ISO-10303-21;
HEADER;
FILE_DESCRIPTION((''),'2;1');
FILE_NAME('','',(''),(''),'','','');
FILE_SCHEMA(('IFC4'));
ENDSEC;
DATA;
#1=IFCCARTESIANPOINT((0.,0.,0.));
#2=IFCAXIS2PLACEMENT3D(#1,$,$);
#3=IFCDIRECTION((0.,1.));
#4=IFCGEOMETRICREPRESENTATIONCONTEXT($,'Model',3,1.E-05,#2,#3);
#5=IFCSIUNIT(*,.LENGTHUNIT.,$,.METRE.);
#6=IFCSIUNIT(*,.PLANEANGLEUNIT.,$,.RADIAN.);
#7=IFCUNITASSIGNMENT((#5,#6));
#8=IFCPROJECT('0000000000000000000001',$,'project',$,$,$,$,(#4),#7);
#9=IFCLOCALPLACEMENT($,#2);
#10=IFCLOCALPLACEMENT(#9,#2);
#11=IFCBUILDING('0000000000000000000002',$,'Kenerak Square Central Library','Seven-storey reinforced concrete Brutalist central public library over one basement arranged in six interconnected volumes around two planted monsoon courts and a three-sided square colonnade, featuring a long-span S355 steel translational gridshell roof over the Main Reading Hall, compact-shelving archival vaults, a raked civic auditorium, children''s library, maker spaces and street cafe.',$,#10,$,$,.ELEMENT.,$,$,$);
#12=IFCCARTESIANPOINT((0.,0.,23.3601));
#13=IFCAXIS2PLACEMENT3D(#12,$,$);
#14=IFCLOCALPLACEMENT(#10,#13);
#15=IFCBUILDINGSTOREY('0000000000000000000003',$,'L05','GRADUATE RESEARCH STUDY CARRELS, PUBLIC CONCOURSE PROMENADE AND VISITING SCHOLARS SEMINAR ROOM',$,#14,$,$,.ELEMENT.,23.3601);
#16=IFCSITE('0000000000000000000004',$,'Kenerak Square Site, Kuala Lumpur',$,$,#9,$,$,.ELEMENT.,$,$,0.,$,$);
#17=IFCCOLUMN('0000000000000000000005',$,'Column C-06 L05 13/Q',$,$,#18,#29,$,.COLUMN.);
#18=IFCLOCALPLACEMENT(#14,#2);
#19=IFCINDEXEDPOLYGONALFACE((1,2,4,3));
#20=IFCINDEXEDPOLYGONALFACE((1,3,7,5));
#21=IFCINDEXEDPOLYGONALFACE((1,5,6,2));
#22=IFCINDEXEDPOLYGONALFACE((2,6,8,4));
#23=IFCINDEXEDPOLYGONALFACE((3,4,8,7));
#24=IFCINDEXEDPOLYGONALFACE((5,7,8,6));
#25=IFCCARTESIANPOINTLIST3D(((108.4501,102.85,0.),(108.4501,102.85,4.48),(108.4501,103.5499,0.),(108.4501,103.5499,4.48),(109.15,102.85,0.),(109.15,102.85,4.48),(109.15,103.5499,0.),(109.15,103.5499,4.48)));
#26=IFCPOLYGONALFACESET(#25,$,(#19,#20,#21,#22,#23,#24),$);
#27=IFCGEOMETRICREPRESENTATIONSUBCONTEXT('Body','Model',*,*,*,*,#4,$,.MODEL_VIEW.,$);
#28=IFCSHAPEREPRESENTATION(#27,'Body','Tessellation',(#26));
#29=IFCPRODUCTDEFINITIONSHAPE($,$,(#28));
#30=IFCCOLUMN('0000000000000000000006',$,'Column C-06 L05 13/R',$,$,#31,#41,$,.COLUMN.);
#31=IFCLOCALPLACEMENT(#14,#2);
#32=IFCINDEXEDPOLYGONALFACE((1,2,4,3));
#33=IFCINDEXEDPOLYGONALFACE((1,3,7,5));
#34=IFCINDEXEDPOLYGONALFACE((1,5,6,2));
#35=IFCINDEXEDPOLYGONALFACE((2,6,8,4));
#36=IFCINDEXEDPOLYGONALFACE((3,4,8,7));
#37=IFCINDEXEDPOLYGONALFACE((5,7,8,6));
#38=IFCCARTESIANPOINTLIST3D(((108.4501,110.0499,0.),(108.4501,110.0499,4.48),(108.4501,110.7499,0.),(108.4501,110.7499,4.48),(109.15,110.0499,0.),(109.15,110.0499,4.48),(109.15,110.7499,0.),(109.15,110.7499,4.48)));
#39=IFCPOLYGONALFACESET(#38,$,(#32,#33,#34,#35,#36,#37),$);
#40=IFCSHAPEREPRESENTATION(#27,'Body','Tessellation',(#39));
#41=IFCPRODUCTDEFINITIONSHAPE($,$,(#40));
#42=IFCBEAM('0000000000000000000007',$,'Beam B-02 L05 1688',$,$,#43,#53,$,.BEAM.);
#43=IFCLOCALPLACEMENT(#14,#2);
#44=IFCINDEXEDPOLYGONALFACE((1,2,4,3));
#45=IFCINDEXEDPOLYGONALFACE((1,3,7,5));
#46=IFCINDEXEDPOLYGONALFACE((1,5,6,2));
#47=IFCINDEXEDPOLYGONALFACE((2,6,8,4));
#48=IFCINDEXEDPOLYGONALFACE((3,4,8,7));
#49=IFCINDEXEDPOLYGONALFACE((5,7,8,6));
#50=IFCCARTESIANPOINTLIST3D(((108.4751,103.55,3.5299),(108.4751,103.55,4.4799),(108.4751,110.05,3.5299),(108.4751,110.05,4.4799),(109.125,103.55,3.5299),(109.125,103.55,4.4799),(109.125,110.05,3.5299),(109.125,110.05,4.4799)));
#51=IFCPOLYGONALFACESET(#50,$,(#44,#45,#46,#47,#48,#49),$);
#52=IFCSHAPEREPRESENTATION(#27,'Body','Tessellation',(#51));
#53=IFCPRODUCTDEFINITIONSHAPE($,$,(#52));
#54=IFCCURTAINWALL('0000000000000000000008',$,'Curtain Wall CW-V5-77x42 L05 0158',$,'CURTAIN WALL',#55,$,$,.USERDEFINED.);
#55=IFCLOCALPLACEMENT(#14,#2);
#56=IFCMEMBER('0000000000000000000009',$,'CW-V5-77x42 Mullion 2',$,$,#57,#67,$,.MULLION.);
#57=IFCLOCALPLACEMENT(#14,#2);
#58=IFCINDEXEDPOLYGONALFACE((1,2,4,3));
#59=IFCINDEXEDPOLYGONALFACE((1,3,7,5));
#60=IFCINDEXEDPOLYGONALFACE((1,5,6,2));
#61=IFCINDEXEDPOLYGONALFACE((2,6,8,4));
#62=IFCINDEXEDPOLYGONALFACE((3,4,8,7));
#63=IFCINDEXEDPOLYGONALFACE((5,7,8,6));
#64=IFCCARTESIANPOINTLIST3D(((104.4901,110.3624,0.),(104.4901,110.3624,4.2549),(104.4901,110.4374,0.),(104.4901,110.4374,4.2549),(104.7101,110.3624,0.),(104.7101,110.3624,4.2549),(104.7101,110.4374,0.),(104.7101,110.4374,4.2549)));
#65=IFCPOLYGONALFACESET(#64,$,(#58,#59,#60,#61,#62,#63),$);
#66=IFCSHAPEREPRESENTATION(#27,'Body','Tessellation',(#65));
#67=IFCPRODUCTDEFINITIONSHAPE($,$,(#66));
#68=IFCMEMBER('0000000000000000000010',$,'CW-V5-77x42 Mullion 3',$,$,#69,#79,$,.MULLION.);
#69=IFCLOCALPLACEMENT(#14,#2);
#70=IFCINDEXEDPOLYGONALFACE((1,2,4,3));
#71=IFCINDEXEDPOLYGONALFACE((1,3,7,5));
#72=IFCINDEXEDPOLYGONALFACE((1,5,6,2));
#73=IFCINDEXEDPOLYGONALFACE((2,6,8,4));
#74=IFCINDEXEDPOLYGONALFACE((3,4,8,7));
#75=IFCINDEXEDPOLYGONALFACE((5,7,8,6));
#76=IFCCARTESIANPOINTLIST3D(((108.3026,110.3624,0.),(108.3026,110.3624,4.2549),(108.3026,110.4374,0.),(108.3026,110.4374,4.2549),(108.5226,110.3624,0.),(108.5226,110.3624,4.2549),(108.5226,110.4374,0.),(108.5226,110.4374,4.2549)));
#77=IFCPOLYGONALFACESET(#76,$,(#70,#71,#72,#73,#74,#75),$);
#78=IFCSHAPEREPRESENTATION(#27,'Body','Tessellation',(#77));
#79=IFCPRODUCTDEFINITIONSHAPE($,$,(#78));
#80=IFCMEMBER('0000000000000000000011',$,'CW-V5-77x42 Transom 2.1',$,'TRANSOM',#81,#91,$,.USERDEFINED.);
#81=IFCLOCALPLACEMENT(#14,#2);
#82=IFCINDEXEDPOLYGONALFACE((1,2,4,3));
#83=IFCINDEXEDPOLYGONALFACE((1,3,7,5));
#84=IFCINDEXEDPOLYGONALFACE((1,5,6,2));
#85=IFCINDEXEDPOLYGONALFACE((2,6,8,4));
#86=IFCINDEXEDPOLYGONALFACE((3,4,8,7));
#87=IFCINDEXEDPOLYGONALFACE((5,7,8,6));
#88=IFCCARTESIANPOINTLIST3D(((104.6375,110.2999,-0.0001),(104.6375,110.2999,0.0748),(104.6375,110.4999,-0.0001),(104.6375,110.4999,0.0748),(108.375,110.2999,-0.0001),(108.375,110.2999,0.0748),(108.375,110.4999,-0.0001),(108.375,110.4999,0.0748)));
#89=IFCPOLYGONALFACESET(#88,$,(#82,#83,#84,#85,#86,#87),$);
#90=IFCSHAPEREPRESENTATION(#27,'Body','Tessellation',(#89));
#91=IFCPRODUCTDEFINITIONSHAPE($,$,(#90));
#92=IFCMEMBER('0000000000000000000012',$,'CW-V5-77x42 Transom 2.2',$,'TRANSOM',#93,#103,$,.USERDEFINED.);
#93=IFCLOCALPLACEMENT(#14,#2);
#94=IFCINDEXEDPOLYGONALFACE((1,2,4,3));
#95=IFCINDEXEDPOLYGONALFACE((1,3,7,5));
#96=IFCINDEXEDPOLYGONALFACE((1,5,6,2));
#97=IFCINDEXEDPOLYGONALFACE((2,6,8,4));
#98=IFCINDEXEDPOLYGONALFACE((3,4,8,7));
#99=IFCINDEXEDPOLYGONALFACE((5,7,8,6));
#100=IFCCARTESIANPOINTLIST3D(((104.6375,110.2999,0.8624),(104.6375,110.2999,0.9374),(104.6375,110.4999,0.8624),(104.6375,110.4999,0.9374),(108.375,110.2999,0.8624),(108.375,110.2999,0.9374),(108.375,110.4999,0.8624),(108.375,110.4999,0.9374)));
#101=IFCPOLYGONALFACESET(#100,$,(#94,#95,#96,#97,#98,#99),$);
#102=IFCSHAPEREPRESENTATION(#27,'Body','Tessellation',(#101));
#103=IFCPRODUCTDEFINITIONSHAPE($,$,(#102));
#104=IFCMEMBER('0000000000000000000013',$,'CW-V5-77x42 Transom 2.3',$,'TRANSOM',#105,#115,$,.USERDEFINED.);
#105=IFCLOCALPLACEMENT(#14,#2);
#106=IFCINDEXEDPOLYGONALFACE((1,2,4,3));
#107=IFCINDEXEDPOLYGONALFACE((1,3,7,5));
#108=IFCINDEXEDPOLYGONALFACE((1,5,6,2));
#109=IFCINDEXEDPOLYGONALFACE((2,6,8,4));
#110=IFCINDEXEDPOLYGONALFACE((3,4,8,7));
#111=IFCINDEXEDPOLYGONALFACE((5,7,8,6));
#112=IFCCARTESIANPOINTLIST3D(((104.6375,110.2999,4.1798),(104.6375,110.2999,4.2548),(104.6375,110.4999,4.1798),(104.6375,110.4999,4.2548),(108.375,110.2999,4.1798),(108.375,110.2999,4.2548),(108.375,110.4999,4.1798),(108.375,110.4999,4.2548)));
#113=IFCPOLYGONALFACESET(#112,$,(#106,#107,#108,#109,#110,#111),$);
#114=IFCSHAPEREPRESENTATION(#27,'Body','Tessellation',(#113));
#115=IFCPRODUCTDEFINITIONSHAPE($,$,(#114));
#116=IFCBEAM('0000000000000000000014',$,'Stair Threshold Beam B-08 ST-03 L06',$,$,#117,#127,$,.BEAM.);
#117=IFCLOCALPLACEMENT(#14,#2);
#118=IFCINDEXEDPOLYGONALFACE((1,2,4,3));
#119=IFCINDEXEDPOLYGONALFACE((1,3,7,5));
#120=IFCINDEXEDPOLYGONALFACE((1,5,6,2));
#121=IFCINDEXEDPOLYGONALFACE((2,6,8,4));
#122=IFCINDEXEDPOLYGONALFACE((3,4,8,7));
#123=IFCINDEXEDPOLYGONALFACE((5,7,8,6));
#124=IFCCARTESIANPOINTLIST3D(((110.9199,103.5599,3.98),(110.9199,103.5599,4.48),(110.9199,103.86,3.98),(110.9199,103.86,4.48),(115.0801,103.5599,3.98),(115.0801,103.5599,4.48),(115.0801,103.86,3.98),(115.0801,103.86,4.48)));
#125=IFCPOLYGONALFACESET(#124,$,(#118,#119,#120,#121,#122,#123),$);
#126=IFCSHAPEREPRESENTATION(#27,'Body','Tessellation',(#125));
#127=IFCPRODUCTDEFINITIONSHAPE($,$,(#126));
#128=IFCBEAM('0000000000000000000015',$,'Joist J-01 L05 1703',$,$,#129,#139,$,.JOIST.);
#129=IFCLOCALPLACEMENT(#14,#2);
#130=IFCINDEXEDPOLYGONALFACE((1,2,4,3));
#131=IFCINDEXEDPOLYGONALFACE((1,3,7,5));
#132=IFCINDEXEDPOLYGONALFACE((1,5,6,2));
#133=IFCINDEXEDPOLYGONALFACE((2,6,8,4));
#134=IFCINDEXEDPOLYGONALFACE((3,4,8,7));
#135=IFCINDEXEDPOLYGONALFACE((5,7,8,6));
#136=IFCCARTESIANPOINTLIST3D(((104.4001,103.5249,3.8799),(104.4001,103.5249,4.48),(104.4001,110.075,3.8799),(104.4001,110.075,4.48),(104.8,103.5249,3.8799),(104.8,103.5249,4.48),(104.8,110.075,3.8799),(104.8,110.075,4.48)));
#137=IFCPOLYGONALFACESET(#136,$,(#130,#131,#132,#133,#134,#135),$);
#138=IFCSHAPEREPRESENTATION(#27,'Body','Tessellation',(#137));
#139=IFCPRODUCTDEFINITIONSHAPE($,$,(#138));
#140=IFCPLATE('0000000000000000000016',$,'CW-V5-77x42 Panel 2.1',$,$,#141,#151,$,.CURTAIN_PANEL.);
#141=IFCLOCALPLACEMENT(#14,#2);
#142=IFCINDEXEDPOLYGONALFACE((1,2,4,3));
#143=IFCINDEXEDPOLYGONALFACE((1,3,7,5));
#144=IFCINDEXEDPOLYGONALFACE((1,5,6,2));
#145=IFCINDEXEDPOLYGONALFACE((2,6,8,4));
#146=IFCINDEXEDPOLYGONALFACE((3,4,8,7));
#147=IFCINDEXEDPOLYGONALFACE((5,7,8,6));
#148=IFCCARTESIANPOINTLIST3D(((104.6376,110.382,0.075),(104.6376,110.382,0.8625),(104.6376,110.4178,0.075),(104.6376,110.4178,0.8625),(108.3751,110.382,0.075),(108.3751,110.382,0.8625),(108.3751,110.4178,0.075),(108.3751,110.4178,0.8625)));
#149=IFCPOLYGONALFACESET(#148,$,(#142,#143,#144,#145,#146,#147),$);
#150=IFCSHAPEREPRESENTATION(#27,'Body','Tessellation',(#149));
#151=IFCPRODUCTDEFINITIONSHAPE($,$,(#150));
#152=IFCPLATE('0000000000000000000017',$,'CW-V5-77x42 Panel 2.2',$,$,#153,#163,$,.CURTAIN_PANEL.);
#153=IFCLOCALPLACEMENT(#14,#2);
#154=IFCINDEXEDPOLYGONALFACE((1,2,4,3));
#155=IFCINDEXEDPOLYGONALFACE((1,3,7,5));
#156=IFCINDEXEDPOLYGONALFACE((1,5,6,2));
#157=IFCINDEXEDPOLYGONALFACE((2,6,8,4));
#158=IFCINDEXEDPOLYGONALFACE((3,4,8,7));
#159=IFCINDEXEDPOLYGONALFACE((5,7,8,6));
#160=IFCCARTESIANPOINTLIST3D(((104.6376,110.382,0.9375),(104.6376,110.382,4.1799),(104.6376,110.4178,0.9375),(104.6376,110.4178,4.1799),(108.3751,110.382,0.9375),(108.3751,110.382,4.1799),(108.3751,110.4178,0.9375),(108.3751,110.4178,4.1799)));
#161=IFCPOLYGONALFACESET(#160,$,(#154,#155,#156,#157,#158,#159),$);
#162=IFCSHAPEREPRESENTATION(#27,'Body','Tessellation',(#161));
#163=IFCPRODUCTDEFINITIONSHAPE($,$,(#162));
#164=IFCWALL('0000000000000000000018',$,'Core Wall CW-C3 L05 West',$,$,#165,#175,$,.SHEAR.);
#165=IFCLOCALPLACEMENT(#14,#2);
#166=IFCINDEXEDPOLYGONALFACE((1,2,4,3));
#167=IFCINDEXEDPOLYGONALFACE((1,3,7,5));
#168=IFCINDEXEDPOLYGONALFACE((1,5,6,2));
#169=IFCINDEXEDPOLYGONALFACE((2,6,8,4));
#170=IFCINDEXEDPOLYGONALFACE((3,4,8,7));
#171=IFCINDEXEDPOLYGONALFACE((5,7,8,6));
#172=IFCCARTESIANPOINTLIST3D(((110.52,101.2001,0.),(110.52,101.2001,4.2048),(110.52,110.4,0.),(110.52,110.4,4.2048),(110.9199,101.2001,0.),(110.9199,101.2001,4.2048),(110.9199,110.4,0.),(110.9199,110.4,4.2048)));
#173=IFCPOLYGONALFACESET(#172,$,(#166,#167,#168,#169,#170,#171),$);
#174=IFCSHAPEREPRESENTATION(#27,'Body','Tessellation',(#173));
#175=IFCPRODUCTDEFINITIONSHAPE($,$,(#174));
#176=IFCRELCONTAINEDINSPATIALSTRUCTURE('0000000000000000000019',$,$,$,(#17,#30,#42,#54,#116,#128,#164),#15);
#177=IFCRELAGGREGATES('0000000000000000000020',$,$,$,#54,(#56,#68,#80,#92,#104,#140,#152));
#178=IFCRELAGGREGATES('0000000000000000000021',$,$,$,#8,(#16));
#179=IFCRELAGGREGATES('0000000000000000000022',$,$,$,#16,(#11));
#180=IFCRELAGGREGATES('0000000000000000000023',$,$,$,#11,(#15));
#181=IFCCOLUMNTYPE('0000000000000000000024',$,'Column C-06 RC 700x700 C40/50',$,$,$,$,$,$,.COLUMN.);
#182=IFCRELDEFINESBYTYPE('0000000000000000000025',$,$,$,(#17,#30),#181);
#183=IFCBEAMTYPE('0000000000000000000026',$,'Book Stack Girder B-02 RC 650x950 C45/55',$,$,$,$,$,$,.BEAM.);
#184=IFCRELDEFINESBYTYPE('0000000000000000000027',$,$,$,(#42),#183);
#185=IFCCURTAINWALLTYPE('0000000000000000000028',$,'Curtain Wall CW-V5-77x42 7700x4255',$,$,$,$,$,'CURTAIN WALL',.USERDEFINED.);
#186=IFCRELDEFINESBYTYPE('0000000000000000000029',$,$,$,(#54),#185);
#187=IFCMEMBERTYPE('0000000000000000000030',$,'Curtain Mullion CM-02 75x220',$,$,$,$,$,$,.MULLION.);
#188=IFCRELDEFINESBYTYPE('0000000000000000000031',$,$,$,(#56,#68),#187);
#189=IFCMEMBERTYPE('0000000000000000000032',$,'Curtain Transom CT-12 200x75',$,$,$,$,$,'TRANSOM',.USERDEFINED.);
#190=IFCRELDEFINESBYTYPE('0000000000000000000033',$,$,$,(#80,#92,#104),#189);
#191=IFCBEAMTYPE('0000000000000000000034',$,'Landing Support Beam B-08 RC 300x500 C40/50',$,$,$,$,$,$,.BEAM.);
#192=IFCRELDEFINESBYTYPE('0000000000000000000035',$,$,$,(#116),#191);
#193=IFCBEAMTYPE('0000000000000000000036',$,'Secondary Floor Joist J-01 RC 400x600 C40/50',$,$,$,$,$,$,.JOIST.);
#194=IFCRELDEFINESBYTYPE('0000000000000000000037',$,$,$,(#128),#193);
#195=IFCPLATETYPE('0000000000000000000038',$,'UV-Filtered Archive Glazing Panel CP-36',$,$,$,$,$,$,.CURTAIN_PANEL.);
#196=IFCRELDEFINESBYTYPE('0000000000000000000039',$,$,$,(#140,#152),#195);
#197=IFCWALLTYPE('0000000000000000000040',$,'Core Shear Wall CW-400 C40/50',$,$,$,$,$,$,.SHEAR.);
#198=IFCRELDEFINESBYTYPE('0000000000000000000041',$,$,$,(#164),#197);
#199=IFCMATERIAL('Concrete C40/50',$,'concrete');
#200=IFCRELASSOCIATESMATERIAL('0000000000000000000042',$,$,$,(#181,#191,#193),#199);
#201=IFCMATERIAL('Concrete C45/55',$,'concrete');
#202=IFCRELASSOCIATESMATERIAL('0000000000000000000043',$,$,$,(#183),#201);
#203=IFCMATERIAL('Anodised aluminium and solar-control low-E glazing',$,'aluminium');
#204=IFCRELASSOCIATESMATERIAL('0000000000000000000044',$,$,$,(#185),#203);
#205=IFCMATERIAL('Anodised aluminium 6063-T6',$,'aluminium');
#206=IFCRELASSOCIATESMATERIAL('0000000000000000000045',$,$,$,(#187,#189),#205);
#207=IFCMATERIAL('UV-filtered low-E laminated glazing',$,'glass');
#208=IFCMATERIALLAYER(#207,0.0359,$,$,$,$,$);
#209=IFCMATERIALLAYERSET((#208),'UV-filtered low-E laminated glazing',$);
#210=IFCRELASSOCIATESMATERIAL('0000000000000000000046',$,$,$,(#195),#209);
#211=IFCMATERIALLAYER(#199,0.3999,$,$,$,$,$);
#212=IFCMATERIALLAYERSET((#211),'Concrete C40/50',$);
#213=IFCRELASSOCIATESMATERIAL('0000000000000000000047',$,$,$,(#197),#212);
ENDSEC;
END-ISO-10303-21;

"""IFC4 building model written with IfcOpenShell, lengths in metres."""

from ifc_helpers import new_model, si_unit, direction, frame, frame_2d, origin, origin_2d, place, context, subcontext, project, spatial, rectangle, extrude, material, layer, layer_set, material_profile, profile_set, type_object, element, aggregate, save


model = new_model("IFC4")

# Units and contexts
model_context = context("Model", 3, precision=1e-05, world=origin(), true_north=direction((0.0, 1.0)))
body_context = subcontext(model_context, "Body", "Model", "MODEL_VIEW")
ifc_project = project(units=[si_unit("LENGTHUNIT", "METRE"), si_unit("PLANEANGLEUNIT", "RADIAN")], contexts=[model_context])

# Site, building, storey
site_placement = place(None, origin())
site = spatial("IfcSite", under=ifc_project, at=site_placement, Name="Kenerak Square Site, Kuala Lumpur", CompositionType="ELEMENT", RefElevation=0.0)
building_placement = place(site_placement, origin())
building = spatial("IfcBuilding", under=site, at=building_placement, Name="Kenerak Square Central Library", Description="Seven-storey reinforced concrete Brutalist central public library over one basement arranged in six interconnected volumes around two planted monsoon courts and a three-sided square colonnade, featuring a long-span S355 steel translational gridshell roof over the Main Reading Hall, compact-shelving archival vaults, a raked civic auditorium, children's library, maker spaces and street cafe.", CompositionType="ELEMENT")
storey_placement = place(building_placement, frame((0.0, 0.0, 23.3601)))
storey = spatial("IfcBuildingStorey", under=building, at=storey_placement, Name="L05", Description="GRADUATE RESEARCH STUDY CARRELS, PUBLIC CONCOURSE PROMENADE AND VISITING SCHOLARS SEMINAR ROOM", CompositionType="ELEMENT", Elevation=23.3601)

# Columns
ifc_material_1 = material(Name="Concrete C40/50", Category="concrete")
ifc_material_profile_1 = material_profile(ifc_material_1, rectangle(XDim=0.7, YDim=0.7, at=origin_2d()), Name="RC 700x700")
ifc_profile_set_1 = profile_set([ifc_material_profile_1], Name="Concrete C40/50")
column_type = type_object("IfcColumnType", Name="Column C-06 RC 700x700 C40/50", PredefinedType="COLUMN", material=ifc_profile_set_1)
for number, where, z_axis, x_axis, name in (
    (1, (108.8, 103.2, 0.0), (0.0, 0.0, 1.0), (1.0, 0.0, 0.0), "Column C-06 L05 13/Q"),
    (2, (108.8, 110.3999, 0.0), (0.0, 0.0, 1.0), (1.0, 0.0, 0.0), "Column C-06 L05 13/R"),
):
    element("IfcColumn", number, at=place(storey_placement, frame(where, z_axis=z_axis, x_axis=x_axis)), inside=storey, type_object=column_type, Name=name, PredefinedType="COLUMN", context=body_context, shape_type="SweptSolid", body=[
        extrude(rectangle(XDim=0.7, YDim=0.7, at=origin_2d()), origin(), (0.0, 0.0, 1.0), 4.48),
    ])

# Beam
ifc_material_2 = material(Name="Concrete C45/55", Category="concrete")
ifc_material_profile_2 = material_profile(ifc_material_2, rectangle(XDim=0.6499, YDim=0.95, at=origin_2d()), Name="RC 650x950")
ifc_profile_set_2 = profile_set([ifc_material_profile_2], Name="Concrete C45/55")
beam_type_1 = type_object("IfcBeamType", Name="Book Stack Girder B-02 RC 650x950 C45/55", PredefinedType="BEAM", material=ifc_profile_set_2)
beam_1_placement = place(storey_placement, frame((108.8, 103.55, 4.0049), z_axis=(0.0, 1.0, 0.0), x_axis=(-1.0, 0.0, 0.0)))
element("IfcBeam", 3, at=beam_1_placement, inside=storey, type_object=beam_type_1, Name="Beam B-02 L05 1688", PredefinedType="BEAM", context=body_context, shape_type="SweptSolid", body=[
    extrude(rectangle(XDim=0.6499, YDim=0.95, at=origin_2d()), origin(), (0.0, 0.0, 1.0), 6.5),
])

# Curtain wall, members
ifc_material_3 = material(Name="Anodised aluminium and solar-control low-E glazing", Category="aluminium")
curtain_wall_type = type_object("IfcCurtainWallType", Name="Curtain Wall CW-V5-77x42 7700x4255", ElementType="CURTAIN WALL", PredefinedType="USERDEFINED", material=ifc_material_3)
curtain_wall_placement = place(storey_placement, origin())
curtain_wall = element("IfcCurtainWall", 4, at=curtain_wall_placement, inside=storey, type_object=curtain_wall_type, Name="Curtain Wall CW-V5-77x42 L05 0158", ObjectType="CURTAIN WALL", PredefinedType="USERDEFINED")
ifc_material_4 = material(Name="Anodised aluminium 6063-T6", Category="aluminium")
ifc_material_profile_3 = material_profile(ifc_material_4, rectangle(XDim=0.075, YDim=0.22, at=origin_2d()), Name="AL MULLION 75x220")
ifc_profile_set_3 = profile_set([ifc_material_profile_3], Name="Anodised aluminium 6063-T6")
member_type_1 = type_object("IfcMemberType", Name="Curtain Mullion CM-02 75x220", PredefinedType="MULLION", material=ifc_profile_set_3)
member_1_placement = place(storey_placement, frame((104.6001, 110.3999, 0.0), z_axis=(0.0, 0.0, 1.0), x_axis=(0.0, 1.0, 0.0)))
member_1 = element("IfcMember", 5, at=member_1_placement, type_object=member_type_1, Name="CW-V5-77x42 Mullion 2", PredefinedType="MULLION", context=body_context, shape_type="SweptSolid", body=[
    extrude(rectangle(XDim=0.075, YDim=0.22, at=origin_2d()), origin(), (0.0, 0.0, 1.0), 4.2549),
])
member_2_placement = place(storey_placement, frame((108.4126, 110.3999, 0.0), z_axis=(0.0, 0.0, 1.0), x_axis=(0.0, 1.0, 0.0)))
member_2 = element("IfcMember", 6, at=member_2_placement, type_object=member_type_1, Name="CW-V5-77x42 Mullion 3", PredefinedType="MULLION", context=body_context, shape_type="SweptSolid", body=[
    extrude(rectangle(XDim=0.075, YDim=0.22, at=origin_2d()), origin(), (0.0, 0.0, 1.0), 4.2549),
])
ifc_material_profile_4 = material_profile(ifc_material_4, rectangle(XDim=0.2, YDim=0.075, at=origin_2d()), Name="AL TRANSOM 200x75")
ifc_profile_set_4 = profile_set([ifc_material_profile_4], Name="Anodised aluminium 6063-T6")
member_type_2 = type_object("IfcMemberType", Name="Curtain Transom CT-12 200x75", ElementType="TRANSOM", PredefinedType="USERDEFINED", material=ifc_profile_set_4)
member_3_placement = place(storey_placement, frame((104.6375, 110.3999, 0.0374), z_axis=(1.0, 0.0, 0.0), x_axis=(0.0, 1.0, 0.0)))
member_3 = element("IfcMember", 7, at=member_3_placement, type_object=member_type_2, Name="CW-V5-77x42 Transom 2.1", ObjectType="TRANSOM", PredefinedType="USERDEFINED", context=body_context, shape_type="SweptSolid", body=[
    extrude(rectangle(XDim=0.2, YDim=0.075, at=origin_2d()), origin(), (0.0, 0.0, 1.0), 3.7375),
])
member_4_placement = place(storey_placement, frame((104.6375, 110.3999, 0.8999), z_axis=(1.0, 0.0, 0.0), x_axis=(0.0, 1.0, 0.0)))
member_4 = element("IfcMember", 8, at=member_4_placement, type_object=member_type_2, Name="CW-V5-77x42 Transom 2.2", ObjectType="TRANSOM", PredefinedType="USERDEFINED", context=body_context, shape_type="SweptSolid", body=[
    extrude(rectangle(XDim=0.2, YDim=0.075, at=origin_2d()), origin(), (0.0, 0.0, 1.0), 3.7375),
])
member_5_placement = place(storey_placement, frame((104.6375, 110.3999, 4.2173), z_axis=(1.0, 0.0, 0.0), x_axis=(0.0, 1.0, 0.0)))
member_5 = element("IfcMember", 9, at=member_5_placement, type_object=member_type_2, Name="CW-V5-77x42 Transom 2.3", ObjectType="TRANSOM", PredefinedType="USERDEFINED", context=body_context, shape_type="SweptSolid", body=[
    extrude(rectangle(XDim=0.2, YDim=0.075, at=origin_2d()), origin(), (0.0, 0.0, 1.0), 3.7375),
])

# Beams
ifc_material_profile_5 = material_profile(ifc_material_1, rectangle(XDim=0.3, YDim=0.5, at=origin_2d()), Name="RC 300x500")
ifc_profile_set_5 = profile_set([ifc_material_profile_5], Name="Concrete C40/50")
beam_type_2 = type_object("IfcBeamType", Name="Landing Support Beam B-08 RC 300x500 C40/50", PredefinedType="BEAM", material=ifc_profile_set_5)
beam_2_placement = place(storey_placement, frame((110.9199, 103.71, 4.23), z_axis=(1.0, 0.0, 0.0), x_axis=(0.0, 1.0, 0.0)))
element("IfcBeam", 10, at=beam_2_placement, inside=storey, type_object=beam_type_2, Name="Stair Threshold Beam B-08 ST-03 L06", PredefinedType="BEAM", context=body_context, shape_type="SweptSolid", body=[
    extrude(rectangle(XDim=0.3, YDim=0.5, at=origin_2d()), origin(), (0.0, 0.0, 1.0), 4.1602),
])
ifc_material_profile_6 = material_profile(ifc_material_1, rectangle(XDim=0.3999, YDim=0.6001, at=origin_2d()), Name="RC 400x600")
ifc_profile_set_6 = profile_set([ifc_material_profile_6], Name="Concrete C40/50")
beam_type_3 = type_object("IfcBeamType", Name="Secondary Floor Joist J-01 RC 400x600 C40/50", PredefinedType="JOIST", material=ifc_profile_set_6)
beam_3_placement = place(storey_placement, frame((104.6001, 103.5249, 4.1799), z_axis=(0.0, 1.0, 0.0), x_axis=(-1.0, 0.0, 0.0)))
element("IfcBeam", 11, at=beam_3_placement, inside=storey, type_object=beam_type_3, Name="Joist J-01 L05 1703", PredefinedType="JOIST", context=body_context, shape_type="SweptSolid", body=[
    extrude(rectangle(XDim=0.3999, YDim=0.6001, at=origin_2d()), origin(), (0.0, 0.0, 1.0), 6.55),
])

# Plates
ifc_material_5 = material(Name="UV-filtered low-E laminated glazing", Category="glass")
ifc_layer_1 = layer(ifc_material_5, 0.0359)
ifc_layer_set_1 = layer_set([ifc_layer_1], Name="UV-filtered low-E laminated glazing")
plate_type = type_object("IfcPlateType", Name="UV-Filtered Archive Glazing Panel CP-36", PredefinedType="CURTAIN_PANEL", material=ifc_layer_set_1)
plate_1_placement = place(storey_placement, frame((106.5063, 110.3999, 0.075), z_axis=(0.0, 0.0, 1.0), x_axis=(1.0, 0.0, 0.0)))
plate_1 = element("IfcPlate", 12, at=plate_1_placement, type_object=plate_type, Name="CW-V5-77x42 Panel 2.1", PredefinedType="CURTAIN_PANEL", context=body_context, shape_type="SweptSolid", body=[
    extrude(rectangle(XDim=3.7375, YDim=0.0359, at=origin_2d()), origin(), (0.0, 0.0, 1.0), 0.7876),
])
plate_2_placement = place(storey_placement, frame((106.5063, 110.3999, 0.9375), z_axis=(0.0, 0.0, 1.0), x_axis=(1.0, 0.0, 0.0)))
plate_2 = element("IfcPlate", 13, at=plate_2_placement, type_object=plate_type, Name="CW-V5-77x42 Panel 2.2", PredefinedType="CURTAIN_PANEL", context=body_context, shape_type="SweptSolid", body=[
    extrude(rectangle(XDim=3.7375, YDim=0.0359, at=origin_2d()), origin(), (0.0, 0.0, 1.0), 3.2424),
])
aggregate(curtain_wall, [member_1, member_2, member_3, member_4, member_5, plate_1, plate_2])

# Wall
ifc_layer_2 = layer(ifc_material_1, 0.3999)
ifc_layer_set_2 = layer_set([ifc_layer_2], Name="Concrete C40/50")
wall_type_1 = type_object("IfcWallType", Name="Core Shear Wall CW-400 C40/50", PredefinedType="SHEAR", material=ifc_layer_set_2)
wall_1_placement = place(storey_placement, frame((110.72, 101.2, 0.0), z_axis=(0.0, 0.0, 1.0), x_axis=(0.0, 1.0, 0.0)))
element("IfcWall", 14, at=wall_1_placement, inside=storey, type_object=wall_type_1, Name="Core Wall CW-C3 L05 West", PredefinedType="SHEAR", context=body_context, shape_type="SweptSolid", body=[
    extrude(rectangle(XDim=9.2, YDim=0.3999, at=frame_2d((4.6001, 0.0))), origin(), (0.0, 0.0, 1.0), 4.2048),
])

save(model, "model.ifc")
